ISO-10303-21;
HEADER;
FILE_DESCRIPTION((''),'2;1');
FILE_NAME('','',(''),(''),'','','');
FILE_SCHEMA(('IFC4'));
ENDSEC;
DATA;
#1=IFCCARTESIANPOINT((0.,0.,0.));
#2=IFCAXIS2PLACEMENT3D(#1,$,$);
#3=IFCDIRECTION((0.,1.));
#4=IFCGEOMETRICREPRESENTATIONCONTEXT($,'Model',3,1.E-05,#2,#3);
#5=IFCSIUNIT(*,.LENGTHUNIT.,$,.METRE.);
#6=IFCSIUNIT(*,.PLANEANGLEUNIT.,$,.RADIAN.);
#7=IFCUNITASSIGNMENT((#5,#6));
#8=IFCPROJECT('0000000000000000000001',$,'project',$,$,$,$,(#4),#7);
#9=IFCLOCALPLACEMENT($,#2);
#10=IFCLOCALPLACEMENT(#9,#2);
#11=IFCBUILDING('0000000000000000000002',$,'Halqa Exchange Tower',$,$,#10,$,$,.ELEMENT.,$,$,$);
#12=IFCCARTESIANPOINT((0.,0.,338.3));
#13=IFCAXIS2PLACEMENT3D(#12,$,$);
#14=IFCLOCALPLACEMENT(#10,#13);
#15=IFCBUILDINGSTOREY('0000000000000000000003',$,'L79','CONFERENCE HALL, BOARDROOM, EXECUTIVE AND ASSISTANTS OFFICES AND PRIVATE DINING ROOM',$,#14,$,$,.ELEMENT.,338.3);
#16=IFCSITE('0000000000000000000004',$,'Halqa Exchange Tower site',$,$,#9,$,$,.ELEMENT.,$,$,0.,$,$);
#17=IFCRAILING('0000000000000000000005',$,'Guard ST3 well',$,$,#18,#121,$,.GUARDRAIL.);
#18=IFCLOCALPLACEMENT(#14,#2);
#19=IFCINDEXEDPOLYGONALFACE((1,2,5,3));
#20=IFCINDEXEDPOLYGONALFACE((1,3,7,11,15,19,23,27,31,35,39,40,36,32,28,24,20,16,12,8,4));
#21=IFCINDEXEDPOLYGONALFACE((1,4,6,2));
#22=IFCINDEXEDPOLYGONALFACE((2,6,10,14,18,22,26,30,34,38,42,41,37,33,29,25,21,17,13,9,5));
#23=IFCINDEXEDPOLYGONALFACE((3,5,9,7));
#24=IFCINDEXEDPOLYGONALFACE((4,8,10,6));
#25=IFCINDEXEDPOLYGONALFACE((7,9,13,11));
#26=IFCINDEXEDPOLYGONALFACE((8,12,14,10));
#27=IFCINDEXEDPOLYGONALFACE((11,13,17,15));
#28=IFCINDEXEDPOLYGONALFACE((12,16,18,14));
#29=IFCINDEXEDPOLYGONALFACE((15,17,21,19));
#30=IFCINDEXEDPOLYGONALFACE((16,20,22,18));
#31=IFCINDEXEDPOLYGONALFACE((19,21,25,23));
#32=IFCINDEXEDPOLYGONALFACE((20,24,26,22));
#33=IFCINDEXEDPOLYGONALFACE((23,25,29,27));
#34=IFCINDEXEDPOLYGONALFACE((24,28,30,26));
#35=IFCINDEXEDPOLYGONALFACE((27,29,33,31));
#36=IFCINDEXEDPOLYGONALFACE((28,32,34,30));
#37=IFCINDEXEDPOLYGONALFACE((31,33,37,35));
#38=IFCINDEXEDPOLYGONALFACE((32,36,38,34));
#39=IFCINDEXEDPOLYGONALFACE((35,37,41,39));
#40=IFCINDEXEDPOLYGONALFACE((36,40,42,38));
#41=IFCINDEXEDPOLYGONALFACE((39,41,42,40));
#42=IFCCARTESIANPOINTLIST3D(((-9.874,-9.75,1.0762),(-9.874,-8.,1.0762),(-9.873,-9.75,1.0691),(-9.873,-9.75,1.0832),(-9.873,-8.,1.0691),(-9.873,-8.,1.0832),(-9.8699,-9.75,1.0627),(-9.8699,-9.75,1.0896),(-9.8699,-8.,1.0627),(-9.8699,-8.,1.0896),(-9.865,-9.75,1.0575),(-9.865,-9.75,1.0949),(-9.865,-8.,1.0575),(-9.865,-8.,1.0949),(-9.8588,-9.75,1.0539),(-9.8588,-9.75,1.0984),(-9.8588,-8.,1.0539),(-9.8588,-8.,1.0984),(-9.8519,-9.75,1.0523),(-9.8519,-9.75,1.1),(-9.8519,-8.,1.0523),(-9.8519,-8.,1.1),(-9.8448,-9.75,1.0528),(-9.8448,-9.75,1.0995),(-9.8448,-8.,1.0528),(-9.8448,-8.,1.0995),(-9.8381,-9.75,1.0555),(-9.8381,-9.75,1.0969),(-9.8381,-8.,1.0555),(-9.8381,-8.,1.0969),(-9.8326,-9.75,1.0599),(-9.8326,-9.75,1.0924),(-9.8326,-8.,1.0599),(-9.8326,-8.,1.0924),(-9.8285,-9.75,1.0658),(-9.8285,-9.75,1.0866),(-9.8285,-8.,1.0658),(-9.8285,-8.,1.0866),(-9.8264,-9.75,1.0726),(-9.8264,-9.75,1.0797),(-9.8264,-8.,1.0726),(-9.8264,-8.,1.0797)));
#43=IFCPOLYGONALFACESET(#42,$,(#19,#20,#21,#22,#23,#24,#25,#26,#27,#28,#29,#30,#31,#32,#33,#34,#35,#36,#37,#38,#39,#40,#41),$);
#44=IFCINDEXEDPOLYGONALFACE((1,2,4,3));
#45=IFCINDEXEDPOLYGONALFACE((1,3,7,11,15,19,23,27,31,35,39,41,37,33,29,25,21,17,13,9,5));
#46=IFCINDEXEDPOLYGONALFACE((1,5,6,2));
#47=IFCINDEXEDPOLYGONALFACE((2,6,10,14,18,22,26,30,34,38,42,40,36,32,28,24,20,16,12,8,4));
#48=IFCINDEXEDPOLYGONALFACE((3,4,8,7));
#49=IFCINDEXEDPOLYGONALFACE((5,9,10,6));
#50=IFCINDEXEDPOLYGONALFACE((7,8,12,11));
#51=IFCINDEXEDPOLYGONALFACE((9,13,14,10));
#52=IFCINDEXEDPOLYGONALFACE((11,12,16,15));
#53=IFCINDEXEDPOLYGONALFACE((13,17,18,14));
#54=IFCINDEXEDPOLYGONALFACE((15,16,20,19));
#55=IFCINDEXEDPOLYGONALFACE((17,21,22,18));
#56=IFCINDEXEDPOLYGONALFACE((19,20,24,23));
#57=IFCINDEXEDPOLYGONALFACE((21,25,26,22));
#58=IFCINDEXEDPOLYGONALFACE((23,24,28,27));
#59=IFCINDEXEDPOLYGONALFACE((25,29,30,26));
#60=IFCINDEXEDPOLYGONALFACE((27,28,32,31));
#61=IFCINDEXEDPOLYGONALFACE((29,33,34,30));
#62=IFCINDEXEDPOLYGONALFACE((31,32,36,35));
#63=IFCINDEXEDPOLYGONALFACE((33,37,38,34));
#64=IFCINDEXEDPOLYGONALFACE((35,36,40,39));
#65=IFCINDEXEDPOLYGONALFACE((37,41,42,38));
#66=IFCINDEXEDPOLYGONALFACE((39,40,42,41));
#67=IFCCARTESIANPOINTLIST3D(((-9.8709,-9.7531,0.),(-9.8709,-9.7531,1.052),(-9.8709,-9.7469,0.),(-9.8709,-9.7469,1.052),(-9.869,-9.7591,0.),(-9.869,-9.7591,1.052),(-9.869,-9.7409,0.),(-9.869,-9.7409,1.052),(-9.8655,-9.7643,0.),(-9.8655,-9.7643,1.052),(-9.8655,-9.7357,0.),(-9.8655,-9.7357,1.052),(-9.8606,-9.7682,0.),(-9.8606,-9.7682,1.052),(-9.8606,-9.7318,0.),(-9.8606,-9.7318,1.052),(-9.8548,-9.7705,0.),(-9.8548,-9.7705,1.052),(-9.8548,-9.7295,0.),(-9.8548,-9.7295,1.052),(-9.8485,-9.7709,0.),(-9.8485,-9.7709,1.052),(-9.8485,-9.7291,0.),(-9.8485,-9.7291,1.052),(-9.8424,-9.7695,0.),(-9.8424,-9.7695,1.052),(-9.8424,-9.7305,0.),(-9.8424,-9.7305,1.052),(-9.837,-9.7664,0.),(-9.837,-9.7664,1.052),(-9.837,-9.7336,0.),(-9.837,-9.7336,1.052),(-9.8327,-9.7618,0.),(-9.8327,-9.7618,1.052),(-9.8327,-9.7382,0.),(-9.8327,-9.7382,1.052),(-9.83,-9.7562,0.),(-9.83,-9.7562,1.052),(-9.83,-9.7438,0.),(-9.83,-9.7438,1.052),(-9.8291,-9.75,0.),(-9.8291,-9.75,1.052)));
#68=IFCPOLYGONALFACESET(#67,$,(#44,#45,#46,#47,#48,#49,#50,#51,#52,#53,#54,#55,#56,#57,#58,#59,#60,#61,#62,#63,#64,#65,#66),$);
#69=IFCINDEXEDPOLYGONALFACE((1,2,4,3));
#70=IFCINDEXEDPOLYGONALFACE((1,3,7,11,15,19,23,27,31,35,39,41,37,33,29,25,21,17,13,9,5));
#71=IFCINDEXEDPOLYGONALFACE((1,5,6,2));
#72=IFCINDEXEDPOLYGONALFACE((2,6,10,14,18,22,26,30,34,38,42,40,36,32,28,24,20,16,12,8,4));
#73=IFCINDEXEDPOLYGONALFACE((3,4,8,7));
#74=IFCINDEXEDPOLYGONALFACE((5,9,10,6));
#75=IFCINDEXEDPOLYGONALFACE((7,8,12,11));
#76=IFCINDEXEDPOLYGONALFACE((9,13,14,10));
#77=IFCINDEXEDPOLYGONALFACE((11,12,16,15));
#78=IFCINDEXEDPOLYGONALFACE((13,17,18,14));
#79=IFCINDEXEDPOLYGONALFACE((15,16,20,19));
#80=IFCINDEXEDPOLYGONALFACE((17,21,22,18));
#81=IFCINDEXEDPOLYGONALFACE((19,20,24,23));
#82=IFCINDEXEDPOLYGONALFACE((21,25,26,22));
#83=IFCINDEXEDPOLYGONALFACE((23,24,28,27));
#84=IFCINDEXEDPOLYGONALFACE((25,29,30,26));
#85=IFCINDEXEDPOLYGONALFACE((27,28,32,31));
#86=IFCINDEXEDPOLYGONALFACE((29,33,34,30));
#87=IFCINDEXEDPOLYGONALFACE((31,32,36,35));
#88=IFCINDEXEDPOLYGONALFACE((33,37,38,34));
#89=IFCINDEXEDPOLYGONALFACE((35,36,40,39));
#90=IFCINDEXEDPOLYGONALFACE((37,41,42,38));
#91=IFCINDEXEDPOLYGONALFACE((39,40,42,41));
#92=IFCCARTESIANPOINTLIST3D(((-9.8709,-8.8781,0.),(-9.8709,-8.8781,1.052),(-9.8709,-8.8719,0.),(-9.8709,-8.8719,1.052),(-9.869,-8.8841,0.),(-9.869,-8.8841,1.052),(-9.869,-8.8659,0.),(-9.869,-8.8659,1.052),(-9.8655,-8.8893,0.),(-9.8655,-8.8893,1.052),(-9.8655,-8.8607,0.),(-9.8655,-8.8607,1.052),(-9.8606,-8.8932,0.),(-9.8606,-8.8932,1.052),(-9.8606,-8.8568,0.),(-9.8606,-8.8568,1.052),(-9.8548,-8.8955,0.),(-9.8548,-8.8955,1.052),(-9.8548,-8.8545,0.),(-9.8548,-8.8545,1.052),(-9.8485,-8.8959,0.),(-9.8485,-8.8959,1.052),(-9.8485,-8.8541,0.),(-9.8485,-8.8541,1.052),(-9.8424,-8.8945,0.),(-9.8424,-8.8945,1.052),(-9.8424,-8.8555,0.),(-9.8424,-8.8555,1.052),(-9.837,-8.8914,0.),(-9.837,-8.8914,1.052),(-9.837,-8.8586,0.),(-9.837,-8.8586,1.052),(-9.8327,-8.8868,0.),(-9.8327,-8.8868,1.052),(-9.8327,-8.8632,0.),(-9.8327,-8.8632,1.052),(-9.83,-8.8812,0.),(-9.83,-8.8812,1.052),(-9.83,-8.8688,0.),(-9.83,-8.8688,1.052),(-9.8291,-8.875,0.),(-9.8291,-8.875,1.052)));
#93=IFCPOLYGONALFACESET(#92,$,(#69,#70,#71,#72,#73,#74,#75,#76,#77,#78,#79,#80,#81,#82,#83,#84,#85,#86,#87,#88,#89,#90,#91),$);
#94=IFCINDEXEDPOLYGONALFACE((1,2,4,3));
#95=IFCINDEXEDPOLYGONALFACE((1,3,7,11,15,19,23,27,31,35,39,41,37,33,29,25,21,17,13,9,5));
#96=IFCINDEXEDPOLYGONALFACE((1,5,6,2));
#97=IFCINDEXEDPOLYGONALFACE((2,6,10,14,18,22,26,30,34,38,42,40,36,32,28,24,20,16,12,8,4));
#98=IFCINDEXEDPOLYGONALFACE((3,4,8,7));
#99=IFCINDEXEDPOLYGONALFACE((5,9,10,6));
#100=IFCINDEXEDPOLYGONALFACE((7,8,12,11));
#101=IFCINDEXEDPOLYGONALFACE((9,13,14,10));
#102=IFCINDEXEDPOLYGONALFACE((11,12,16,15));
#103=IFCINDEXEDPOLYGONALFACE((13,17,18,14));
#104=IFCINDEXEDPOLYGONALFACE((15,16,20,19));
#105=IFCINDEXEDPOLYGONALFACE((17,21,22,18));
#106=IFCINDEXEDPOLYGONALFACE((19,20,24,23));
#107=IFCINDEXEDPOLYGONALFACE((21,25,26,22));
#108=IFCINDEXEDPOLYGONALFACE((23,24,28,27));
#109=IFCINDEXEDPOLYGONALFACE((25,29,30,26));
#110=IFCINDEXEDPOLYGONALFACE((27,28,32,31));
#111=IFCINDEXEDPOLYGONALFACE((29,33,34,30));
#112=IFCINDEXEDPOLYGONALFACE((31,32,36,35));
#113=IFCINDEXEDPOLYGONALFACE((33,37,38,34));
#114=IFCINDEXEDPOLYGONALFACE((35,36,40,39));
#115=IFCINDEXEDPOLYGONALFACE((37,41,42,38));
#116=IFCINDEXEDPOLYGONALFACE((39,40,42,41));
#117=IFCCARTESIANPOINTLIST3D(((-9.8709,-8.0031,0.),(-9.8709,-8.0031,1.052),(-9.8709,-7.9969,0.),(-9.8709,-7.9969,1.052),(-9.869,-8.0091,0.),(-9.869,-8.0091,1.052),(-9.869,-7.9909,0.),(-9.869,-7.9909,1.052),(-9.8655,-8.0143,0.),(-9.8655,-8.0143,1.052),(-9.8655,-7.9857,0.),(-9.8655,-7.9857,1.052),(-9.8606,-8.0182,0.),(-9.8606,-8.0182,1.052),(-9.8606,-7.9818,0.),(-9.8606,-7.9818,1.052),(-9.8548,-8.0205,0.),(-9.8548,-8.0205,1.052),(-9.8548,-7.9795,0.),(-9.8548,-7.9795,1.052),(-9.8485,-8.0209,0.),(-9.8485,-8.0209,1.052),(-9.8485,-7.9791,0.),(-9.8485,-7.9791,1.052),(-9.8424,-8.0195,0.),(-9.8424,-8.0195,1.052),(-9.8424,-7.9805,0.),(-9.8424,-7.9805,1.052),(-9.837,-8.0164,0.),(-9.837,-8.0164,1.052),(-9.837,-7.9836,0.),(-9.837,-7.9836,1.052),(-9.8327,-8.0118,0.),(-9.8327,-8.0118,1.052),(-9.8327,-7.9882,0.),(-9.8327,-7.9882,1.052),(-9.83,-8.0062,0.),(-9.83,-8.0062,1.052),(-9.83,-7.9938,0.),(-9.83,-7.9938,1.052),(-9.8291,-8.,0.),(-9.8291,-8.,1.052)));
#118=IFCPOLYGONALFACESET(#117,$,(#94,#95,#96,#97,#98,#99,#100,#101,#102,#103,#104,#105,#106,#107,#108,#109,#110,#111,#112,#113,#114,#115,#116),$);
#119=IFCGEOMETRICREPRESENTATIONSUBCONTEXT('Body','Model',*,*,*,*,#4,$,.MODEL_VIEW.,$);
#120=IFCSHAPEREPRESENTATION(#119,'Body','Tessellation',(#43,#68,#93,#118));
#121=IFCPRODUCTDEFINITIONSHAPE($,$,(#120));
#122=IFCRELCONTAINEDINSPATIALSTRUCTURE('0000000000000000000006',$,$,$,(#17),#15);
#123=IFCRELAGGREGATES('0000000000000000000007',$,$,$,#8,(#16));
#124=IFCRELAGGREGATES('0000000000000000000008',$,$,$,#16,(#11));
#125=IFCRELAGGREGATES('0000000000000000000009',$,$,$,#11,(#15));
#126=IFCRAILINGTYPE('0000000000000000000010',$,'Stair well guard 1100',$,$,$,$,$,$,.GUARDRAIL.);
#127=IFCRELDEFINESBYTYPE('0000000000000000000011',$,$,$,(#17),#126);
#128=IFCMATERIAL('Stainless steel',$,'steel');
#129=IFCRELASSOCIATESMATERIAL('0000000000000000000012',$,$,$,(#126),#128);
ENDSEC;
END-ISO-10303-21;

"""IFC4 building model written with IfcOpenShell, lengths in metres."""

from ifc_helpers import new_model, si_unit, direction, frame, origin, origin_2d, place, context, subcontext, project, spatial, circle, extrude, material, type_object, element, save


model = new_model("IFC4")

# Units and contexts
model_context = context("Model", 3, precision=1e-05, world=origin(), true_north=direction((0.0, 1.0)))
body_context = subcontext(model_context, "Body", "Model", "MODEL_VIEW")
ifc_project = project(units=[si_unit("LENGTHUNIT", "METRE"), si_unit("PLANEANGLEUNIT", "RADIAN")], contexts=[model_context])

# Site, building, storey
site_placement = place(None, origin())
site = spatial("IfcSite", under=ifc_project, at=site_placement, Name="Halqa Exchange Tower site", CompositionType="ELEMENT", RefElevation=0.0)
building_placement = place(site_placement, origin())
building = spatial("IfcBuilding", under=site, at=building_placement, Name="Halqa Exchange Tower", CompositionType="ELEMENT")
storey_placement = place(building_placement, frame((0.0, 0.0, 338.3)))
storey = spatial("IfcBuildingStorey", under=building, at=storey_placement, Name="L79", Description="CONFERENCE HALL, BOARDROOM, EXECUTIVE AND ASSISTANTS OFFICES AND PRIVATE DINING ROOM", CompositionType="ELEMENT", Elevation=338.3)

# Shared definitions
ifc_material_1 = material(Name="Stainless steel", Category="steel")

# Railing
railing_type_1 = type_object("IfcRailingType", Name="Stair well guard 1100", PredefinedType="GUARDRAIL", material=ifc_material_1)
railing_1_placement = place(storey_placement, frame((-9.8501, -9.75, 0.0)))
element("IfcRailing", 1, at=railing_1_placement, inside=storey, type_object=railing_type_1, Name="Guard ST3 well", PredefinedType="GUARDRAIL", context=body_context, shape_type="SweptSolid", body=[
    extrude(circle(Radius=0.0239, at=origin_2d()), frame((0.0, 0.0, 1.0762), z_axis=(0.0, 1.0, 0.0), x_axis=(-1.0, 0.0, 0.0)), (0.0, 0.0, 1.0), 1.75),
    extrude(circle(Radius=0.021, at=origin_2d()), origin(), (0.0, 0.0, 1.0), 1.052),
    extrude(circle(Radius=0.021, at=origin_2d()), frame((0.0, 0.875, 0.0)), (0.0, 0.0, 1.0), 1.052),
    extrude(circle(Radius=0.021, at=origin_2d()), frame((0.0, 1.75, 0.0)), (0.0, 0.0, 1.0), 1.052),
])

save(model, "model.ifc")
